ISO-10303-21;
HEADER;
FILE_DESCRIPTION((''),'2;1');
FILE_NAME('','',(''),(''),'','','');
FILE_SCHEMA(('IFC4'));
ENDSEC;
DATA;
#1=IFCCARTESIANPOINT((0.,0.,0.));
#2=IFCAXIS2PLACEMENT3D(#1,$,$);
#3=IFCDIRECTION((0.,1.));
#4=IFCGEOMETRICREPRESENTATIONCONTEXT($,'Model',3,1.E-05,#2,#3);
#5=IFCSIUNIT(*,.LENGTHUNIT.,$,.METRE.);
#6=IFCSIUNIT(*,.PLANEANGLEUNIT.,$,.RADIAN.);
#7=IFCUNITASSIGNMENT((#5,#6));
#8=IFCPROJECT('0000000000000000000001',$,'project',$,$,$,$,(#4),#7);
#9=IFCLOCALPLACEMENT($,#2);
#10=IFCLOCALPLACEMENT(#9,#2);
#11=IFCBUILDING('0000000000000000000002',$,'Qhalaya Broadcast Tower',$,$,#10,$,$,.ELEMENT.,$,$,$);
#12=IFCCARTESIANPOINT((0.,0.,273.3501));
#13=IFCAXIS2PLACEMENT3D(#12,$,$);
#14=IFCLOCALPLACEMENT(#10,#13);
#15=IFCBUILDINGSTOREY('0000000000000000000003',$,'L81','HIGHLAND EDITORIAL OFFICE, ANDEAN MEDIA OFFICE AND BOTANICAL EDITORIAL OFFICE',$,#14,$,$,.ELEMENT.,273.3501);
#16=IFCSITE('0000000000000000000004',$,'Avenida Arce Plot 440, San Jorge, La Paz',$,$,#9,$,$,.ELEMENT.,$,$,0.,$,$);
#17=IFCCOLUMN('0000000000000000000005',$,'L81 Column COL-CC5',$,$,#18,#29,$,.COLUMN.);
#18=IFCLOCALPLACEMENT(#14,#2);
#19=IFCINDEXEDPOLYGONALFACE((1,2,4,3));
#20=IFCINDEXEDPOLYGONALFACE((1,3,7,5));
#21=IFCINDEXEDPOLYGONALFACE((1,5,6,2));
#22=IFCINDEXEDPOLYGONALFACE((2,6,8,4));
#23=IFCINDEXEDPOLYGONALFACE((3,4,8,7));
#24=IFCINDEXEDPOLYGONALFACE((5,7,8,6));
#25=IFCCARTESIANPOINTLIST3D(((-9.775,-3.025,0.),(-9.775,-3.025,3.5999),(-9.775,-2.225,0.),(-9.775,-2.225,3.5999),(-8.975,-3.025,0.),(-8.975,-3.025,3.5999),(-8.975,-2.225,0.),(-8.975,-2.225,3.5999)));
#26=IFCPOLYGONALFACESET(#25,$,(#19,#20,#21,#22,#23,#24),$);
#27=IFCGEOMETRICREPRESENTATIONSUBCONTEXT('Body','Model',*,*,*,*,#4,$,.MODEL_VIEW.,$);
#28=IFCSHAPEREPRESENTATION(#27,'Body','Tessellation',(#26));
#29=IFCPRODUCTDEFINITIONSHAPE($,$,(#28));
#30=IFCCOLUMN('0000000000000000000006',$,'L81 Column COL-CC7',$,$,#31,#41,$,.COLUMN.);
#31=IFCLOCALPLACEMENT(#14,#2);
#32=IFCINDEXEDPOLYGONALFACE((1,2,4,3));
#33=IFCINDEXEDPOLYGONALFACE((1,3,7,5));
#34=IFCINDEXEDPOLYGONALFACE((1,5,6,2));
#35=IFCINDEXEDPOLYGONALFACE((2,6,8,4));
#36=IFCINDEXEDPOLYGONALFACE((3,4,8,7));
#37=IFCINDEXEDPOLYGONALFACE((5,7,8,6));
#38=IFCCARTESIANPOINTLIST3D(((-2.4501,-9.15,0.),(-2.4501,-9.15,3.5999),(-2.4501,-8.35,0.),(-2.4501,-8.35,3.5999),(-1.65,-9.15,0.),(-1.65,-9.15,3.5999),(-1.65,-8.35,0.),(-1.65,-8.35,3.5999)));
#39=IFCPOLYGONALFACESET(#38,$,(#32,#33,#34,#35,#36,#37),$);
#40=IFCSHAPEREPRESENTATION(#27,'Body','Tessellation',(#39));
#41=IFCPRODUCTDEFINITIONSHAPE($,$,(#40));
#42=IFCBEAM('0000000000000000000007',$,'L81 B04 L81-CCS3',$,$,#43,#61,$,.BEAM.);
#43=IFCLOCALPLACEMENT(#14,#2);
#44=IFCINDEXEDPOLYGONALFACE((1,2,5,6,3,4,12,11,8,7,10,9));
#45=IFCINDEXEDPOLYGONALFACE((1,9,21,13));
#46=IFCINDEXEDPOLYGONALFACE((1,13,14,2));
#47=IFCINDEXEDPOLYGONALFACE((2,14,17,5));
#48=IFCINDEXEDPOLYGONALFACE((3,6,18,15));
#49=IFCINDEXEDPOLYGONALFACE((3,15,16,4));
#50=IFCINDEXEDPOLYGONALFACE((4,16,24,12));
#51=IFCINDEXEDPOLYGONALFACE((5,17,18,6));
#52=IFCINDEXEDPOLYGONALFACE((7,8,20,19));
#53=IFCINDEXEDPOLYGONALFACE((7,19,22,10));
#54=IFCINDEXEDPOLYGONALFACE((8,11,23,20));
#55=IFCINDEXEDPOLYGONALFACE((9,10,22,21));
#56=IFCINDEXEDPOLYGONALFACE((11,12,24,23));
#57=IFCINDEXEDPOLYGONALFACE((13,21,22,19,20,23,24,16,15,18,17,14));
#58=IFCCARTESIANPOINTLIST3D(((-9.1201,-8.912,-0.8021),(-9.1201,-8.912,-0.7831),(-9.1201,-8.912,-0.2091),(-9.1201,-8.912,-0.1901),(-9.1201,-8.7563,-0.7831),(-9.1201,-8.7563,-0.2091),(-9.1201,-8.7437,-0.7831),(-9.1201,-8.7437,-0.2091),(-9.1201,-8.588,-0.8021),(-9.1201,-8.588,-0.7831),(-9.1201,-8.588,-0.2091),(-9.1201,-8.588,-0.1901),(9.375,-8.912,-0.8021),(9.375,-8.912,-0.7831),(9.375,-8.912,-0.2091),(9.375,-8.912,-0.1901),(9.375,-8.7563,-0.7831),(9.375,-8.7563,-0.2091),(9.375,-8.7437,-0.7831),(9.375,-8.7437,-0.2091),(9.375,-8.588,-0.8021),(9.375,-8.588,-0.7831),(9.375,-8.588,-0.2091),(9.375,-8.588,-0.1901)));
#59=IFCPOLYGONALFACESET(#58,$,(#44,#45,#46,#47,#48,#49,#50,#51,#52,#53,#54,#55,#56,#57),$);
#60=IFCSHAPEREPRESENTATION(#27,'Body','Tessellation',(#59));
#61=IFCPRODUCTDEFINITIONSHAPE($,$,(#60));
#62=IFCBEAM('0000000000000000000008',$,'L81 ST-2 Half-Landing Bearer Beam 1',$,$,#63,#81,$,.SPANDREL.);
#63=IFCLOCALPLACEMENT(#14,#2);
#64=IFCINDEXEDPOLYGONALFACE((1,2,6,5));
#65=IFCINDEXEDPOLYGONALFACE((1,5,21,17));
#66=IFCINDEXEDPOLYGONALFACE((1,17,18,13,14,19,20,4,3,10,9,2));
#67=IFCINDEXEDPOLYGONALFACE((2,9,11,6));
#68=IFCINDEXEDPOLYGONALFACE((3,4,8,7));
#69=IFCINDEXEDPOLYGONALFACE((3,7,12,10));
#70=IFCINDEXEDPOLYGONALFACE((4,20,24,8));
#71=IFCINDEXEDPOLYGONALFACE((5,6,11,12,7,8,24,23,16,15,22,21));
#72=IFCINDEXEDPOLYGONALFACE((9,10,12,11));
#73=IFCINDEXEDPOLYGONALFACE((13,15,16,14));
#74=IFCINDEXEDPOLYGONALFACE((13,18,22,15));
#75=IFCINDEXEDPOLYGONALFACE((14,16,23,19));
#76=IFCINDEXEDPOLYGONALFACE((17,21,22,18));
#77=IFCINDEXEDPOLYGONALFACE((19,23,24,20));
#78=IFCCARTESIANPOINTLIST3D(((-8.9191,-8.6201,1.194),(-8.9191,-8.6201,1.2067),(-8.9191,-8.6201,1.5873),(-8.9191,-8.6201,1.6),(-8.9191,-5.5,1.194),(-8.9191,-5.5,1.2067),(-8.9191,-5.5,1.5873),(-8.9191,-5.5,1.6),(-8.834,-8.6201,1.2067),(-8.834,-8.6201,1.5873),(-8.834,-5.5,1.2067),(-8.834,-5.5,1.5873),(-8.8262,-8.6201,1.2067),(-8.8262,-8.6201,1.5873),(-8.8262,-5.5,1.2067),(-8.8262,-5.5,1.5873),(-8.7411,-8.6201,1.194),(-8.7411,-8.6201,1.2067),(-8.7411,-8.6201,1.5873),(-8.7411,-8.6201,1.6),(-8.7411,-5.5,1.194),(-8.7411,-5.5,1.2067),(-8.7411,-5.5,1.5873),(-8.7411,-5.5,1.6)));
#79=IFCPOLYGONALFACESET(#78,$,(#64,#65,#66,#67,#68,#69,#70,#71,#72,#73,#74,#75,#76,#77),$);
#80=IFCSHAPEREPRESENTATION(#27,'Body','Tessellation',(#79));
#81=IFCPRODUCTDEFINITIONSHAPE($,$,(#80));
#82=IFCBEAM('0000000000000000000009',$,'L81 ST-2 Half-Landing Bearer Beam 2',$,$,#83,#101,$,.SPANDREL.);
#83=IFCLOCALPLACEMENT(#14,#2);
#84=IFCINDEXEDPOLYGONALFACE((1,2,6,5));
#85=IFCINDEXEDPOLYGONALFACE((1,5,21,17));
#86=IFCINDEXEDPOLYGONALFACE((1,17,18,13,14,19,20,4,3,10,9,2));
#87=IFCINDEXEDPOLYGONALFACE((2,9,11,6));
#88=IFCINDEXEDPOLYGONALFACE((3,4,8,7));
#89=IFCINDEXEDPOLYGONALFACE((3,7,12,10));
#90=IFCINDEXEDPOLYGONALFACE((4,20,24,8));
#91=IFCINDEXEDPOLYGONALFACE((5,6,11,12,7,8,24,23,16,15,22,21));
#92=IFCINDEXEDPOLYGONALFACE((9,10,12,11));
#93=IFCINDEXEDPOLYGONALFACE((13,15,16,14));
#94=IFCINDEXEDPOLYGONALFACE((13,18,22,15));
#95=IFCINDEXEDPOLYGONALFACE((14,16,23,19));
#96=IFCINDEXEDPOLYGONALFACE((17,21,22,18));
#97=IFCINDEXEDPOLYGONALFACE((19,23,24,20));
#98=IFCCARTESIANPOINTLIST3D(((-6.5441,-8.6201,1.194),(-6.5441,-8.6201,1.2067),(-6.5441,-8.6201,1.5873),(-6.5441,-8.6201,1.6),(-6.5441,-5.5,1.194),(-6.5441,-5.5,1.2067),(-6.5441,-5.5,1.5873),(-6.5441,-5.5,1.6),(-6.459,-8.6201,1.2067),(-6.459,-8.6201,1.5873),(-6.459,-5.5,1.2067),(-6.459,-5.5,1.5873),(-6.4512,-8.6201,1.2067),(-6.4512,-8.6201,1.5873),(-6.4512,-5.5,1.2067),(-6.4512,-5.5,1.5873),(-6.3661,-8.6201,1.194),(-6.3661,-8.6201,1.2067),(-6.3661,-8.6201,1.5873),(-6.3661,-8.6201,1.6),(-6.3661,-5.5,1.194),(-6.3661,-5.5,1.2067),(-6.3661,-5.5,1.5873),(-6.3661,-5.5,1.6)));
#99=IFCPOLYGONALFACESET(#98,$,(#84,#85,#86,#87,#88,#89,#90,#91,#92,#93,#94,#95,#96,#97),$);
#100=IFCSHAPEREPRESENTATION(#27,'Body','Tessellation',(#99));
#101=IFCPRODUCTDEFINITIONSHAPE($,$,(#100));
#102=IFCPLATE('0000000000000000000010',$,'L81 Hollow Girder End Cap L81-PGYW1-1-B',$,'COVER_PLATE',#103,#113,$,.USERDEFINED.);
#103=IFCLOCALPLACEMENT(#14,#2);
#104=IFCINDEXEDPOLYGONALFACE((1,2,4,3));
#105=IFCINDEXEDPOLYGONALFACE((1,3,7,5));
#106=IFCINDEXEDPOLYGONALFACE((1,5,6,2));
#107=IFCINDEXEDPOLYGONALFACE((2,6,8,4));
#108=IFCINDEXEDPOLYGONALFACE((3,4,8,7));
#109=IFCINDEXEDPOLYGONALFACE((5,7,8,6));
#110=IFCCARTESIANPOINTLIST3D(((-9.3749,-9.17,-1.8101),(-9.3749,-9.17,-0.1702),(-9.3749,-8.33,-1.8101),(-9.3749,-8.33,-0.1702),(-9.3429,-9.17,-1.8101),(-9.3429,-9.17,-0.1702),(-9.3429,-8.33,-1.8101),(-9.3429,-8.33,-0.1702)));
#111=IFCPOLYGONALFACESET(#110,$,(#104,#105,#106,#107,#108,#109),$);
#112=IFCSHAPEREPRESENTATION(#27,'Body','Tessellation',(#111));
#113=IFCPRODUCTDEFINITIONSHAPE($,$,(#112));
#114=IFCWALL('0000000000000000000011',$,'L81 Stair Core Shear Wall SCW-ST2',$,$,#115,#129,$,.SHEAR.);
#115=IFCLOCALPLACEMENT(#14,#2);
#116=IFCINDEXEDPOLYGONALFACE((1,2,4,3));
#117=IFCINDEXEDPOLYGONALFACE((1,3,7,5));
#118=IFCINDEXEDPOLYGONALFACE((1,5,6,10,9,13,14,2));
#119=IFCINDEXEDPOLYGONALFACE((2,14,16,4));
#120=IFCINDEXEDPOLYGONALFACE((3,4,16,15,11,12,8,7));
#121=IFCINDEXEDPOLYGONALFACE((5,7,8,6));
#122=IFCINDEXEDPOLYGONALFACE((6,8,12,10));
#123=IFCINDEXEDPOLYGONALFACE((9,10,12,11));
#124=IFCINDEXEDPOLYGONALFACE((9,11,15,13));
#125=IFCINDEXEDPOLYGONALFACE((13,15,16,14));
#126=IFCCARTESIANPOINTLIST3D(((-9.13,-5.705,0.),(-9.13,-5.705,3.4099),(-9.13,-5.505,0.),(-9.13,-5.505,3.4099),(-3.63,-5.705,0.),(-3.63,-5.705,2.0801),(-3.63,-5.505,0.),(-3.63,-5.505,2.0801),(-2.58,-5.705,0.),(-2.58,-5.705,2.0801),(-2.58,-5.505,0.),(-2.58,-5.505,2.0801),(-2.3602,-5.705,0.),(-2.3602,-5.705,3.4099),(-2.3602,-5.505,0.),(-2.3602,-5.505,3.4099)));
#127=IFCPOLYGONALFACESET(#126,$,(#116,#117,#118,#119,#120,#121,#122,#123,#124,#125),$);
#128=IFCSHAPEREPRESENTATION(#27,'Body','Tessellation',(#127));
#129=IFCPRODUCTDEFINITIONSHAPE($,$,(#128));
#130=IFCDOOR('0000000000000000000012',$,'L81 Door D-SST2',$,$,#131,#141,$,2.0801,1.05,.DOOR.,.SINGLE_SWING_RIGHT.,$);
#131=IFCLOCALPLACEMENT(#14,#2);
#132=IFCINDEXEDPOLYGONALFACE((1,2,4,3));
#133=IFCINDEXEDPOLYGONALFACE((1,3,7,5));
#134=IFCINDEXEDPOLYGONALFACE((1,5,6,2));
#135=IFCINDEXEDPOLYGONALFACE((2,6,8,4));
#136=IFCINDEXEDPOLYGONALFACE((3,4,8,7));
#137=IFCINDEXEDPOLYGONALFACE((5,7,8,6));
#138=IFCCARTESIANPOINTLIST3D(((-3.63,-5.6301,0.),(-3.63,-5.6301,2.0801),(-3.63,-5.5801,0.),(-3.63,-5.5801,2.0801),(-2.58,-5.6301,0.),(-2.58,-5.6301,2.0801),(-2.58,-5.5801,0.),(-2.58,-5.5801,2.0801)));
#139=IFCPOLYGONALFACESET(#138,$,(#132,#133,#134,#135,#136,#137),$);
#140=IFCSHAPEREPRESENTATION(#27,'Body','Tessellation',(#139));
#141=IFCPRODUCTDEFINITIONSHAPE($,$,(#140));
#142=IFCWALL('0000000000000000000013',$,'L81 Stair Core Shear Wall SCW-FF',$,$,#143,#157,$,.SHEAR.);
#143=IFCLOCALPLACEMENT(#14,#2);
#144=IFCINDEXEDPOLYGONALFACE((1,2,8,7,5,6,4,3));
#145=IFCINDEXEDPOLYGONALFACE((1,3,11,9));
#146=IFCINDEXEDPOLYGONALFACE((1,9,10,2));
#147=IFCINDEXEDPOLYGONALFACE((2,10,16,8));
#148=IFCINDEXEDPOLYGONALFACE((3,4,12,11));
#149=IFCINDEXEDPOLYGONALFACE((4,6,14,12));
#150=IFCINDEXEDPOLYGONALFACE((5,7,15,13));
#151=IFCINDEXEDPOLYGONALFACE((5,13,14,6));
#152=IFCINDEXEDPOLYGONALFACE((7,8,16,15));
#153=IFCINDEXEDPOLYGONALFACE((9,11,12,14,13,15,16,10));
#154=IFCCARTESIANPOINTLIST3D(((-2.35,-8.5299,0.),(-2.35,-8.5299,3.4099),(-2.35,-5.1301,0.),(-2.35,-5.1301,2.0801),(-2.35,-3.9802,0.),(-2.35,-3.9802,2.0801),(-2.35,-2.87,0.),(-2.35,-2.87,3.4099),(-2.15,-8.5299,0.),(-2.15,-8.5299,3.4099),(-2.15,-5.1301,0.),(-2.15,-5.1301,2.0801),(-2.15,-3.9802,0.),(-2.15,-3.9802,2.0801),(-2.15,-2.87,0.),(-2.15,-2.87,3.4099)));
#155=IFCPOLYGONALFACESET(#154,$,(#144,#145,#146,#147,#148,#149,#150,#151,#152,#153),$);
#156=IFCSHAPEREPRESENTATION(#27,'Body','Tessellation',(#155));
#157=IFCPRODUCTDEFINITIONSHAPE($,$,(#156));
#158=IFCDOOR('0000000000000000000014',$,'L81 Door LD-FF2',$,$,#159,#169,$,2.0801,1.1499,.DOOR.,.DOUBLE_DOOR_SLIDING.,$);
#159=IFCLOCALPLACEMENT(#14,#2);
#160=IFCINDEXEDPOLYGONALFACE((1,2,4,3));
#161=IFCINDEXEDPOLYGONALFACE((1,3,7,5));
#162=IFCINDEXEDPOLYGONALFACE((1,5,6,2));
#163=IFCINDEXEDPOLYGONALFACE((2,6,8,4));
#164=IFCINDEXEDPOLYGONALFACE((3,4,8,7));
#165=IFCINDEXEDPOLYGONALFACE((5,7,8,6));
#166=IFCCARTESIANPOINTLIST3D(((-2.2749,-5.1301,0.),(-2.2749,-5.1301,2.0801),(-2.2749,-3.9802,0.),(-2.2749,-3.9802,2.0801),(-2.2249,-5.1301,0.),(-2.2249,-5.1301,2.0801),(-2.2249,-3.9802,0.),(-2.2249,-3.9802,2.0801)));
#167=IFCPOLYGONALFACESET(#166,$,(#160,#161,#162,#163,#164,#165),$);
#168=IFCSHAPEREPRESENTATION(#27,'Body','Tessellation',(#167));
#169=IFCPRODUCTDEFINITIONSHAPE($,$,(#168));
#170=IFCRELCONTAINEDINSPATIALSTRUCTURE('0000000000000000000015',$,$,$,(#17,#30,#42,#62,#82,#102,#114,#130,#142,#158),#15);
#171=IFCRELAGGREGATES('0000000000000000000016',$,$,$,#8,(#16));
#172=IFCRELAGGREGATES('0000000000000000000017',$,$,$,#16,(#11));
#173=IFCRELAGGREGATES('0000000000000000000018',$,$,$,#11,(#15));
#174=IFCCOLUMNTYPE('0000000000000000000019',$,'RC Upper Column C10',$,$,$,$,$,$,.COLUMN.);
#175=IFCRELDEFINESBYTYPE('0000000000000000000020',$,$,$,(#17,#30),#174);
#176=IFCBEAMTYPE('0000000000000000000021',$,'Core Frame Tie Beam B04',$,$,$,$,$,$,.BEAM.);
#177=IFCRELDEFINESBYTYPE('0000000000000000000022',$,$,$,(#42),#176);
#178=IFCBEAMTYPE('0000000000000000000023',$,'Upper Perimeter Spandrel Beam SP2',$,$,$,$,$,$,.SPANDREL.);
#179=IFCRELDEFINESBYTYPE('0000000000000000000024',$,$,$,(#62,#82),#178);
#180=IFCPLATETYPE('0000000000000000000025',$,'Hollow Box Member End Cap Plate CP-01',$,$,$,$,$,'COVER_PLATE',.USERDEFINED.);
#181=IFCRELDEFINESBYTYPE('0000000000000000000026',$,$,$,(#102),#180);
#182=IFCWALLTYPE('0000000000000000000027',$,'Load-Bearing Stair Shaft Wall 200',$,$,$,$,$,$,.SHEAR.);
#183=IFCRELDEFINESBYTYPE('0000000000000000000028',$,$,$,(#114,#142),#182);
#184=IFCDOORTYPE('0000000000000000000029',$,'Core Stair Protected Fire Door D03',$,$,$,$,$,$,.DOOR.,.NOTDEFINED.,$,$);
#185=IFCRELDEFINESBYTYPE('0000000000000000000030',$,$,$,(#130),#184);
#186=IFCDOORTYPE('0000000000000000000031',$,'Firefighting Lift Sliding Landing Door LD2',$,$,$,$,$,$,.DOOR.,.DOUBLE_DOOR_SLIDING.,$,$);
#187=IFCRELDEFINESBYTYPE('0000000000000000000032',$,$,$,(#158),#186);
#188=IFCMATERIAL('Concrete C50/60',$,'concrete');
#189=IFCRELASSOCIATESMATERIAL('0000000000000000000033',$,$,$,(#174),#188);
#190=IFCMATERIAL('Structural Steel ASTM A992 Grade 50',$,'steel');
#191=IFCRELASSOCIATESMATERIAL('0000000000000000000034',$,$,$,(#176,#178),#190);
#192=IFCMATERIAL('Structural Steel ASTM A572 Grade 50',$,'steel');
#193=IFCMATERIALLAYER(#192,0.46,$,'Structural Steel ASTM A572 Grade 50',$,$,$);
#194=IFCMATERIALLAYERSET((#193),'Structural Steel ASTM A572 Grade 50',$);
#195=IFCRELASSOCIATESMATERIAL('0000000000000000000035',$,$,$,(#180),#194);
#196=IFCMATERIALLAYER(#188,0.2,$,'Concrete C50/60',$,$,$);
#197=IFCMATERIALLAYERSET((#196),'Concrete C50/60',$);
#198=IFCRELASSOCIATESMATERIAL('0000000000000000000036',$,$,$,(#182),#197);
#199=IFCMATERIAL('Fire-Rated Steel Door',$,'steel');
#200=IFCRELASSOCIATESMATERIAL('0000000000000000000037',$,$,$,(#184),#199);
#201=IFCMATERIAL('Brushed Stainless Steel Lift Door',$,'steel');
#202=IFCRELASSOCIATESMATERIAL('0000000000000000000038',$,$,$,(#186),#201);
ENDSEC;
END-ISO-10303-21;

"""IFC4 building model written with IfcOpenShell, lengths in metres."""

from ifc_helpers import new_model, si_unit, direction, frame, frame_2d, origin, origin_2d, place, context, subcontext, project, spatial, rectangle, i_section, extrude, material, layer, layer_set, material_profile, profile_set, type_object, element, fill, save


model = new_model("IFC4")

# Units and contexts
model_context = context("Model", 3, precision=1e-05, world=origin(), true_north=direction((0.0, 1.0)))
body_context = subcontext(model_context, "Body", "Model", "MODEL_VIEW")
ifc_project = project(units=[si_unit("LENGTHUNIT", "METRE"), si_unit("PLANEANGLEUNIT", "RADIAN")], contexts=[model_context])

# Site, building, storey
site_placement = place(None, origin())
site = spatial("IfcSite", under=ifc_project, at=site_placement, Name="Avenida Arce Plot 440, San Jorge, La Paz", CompositionType="ELEMENT", RefElevation=0.0)
building_placement = place(site_placement, origin())
building = spatial("IfcBuilding", under=site, at=building_placement, Name="Qhalaya Broadcast Tower", CompositionType="ELEMENT")
storey_placement = place(building_placement, frame((0.0, 0.0, 273.3501)))
storey = spatial("IfcBuildingStorey", under=building, at=storey_placement, Name="L81", Description="HIGHLAND EDITORIAL OFFICE, ANDEAN MEDIA OFFICE AND BOTANICAL EDITORIAL OFFICE", CompositionType="ELEMENT", Elevation=273.3501)

# Columns
ifc_material_1 = material(Name="Concrete C50/60", Category="concrete")
ifc_material_profile_1 = material_profile(ifc_material_1, rectangle(XDim=0.8, YDim=0.8, at=origin_2d()), Name="RC-COL 800x800")
ifc_profile_set_1 = profile_set([ifc_material_profile_1], Name="Concrete C50/60")
column_type = type_object("IfcColumnType", Name="RC Upper Column C10", PredefinedType="COLUMN", material=ifc_profile_set_1)
for number, where, z_axis, x_axis, name in (
    (1, (-9.375, -2.625, 0.0), (0.0, 0.0, 1.0), (1.0, 0.0, 0.0), "L81 Column COL-CC5"),
    (2, (-2.05, -8.75, 0.0), (0.0, 0.0, 1.0), (1.0, 0.0, 0.0), "L81 Column COL-CC7"),
):
    element("IfcColumn", number, at=place(storey_placement, frame(where, z_axis=z_axis, x_axis=x_axis)), inside=storey, type_object=column_type, Name=name, PredefinedType="COLUMN", context=body_context, shape_type="SweptSolid", body=[
        extrude(rectangle(XDim=0.8, YDim=0.8, at=origin_2d()), origin(), (0.0, 0.0, 1.0), 3.5999),
    ])

# Beams
ifc_material_2 = material(Name="Structural Steel ASTM A992 Grade 50", Category="steel")
ifc_material_profile_2 = material_profile(ifc_material_2, i_section(OverallWidth=0.324, OverallDepth=0.6121, WebThickness=0.0127, FlangeThickness=0.019, at=origin_2d()), Name="W24X104")
ifc_profile_set_2 = profile_set([ifc_material_profile_2], Name="Structural Steel ASTM A992 Grade 50")
beam_type_1 = type_object("IfcBeamType", Name="Core Frame Tie Beam B04", PredefinedType="BEAM", material=ifc_profile_set_2)
beam_placement = place(storey_placement, frame((-9.1201, -8.75, -0.4961), z_axis=(1.0, 0.0, 0.0), x_axis=(0.0, 1.0, 0.0)))
element("IfcBeam", 3, at=beam_placement, inside=storey, type_object=beam_type_1, Name="L81 B04 L81-CCS3", PredefinedType="BEAM", context=body_context, shape_type="SweptSolid", body=[
    extrude(i_section(OverallWidth=0.324, OverallDepth=0.6121, WebThickness=0.0127, FlangeThickness=0.019, at=origin_2d()), origin(), (0.0, 0.0, 1.0), 18.4951),
])
ifc_material_profile_3 = material_profile(ifc_material_2, i_section(OverallWidth=0.178, OverallDepth=0.406, WebThickness=0.0078, FlangeThickness=0.0127, at=origin_2d()), Name="W16X40")
ifc_profile_set_3 = profile_set([ifc_material_profile_3], Name="Structural Steel ASTM A992 Grade 50")
beam_type_2 = type_object("IfcBeamType", Name="Upper Perimeter Spandrel Beam SP2", PredefinedType="SPANDREL", material=ifc_profile_set_3)
for number, where, z_axis, x_axis, name in (
    (4, (-8.8301, -8.6201, 1.397), (0.0, 1.0, 0.0), (-1.0, 0.0, 0.0), "L81 ST-2 Half-Landing Bearer Beam 1"),
    (5, (-6.4551, -8.6201, 1.397), (0.0, 1.0, 0.0), (-1.0, 0.0, 0.0), "L81 ST-2 Half-Landing Bearer Beam 2"),
):
    element("IfcBeam", number, at=place(storey_placement, frame(where, z_axis=z_axis, x_axis=x_axis)), inside=storey, type_object=beam_type_2, Name=name, PredefinedType="SPANDREL", context=body_context, shape_type="SweptSolid", body=[
        extrude(i_section(OverallWidth=0.178, OverallDepth=0.406, WebThickness=0.0078, FlangeThickness=0.0127, at=origin_2d()), origin(), (0.0, 0.0, 1.0), 3.1201),
    ])

# Plate
ifc_material_3 = material(Name="Structural Steel ASTM A572 Grade 50", Category="steel")
ifc_layer_1 = layer(ifc_material_3, 0.46, Name="Structural Steel ASTM A572 Grade 50")
ifc_layer_set_1 = layer_set([ifc_layer_1], Name="Structural Steel ASTM A572 Grade 50")
plate_type = type_object("IfcPlateType", Name="Hollow Box Member End Cap Plate CP-01", ElementType="COVER_PLATE", PredefinedType="USERDEFINED", material=ifc_layer_set_1)
plate_placement = place(storey_placement, frame((-9.3589, -8.75, -1.8101), z_axis=(0.0, 0.0, 1.0), x_axis=(0.0, 1.0, 0.0)))
element("IfcPlate", 6, at=plate_placement, inside=storey, type_object=plate_type, Name="L81 Hollow Girder End Cap L81-PGYW1-1-B", ObjectType="COVER_PLATE", PredefinedType="USERDEFINED", context=body_context, shape_type="SweptSolid", body=[
    extrude(rectangle(XDim=0.8401, YDim=0.032, at=origin_2d()), origin(), (0.0, 0.0, 1.0), 1.6399),
])

# Walls, openings, doors
ifc_layer_2 = layer(ifc_material_1, 0.2, Name="Concrete C50/60")
ifc_layer_set_2 = layer_set([ifc_layer_2], Name="Concrete C50/60")
wall_type_1 = type_object("IfcWallType", Name="Load-Bearing Stair Shaft Wall 200", PredefinedType="SHEAR", material=ifc_layer_set_2)
wall_1_placement = place(storey_placement, frame((-9.1299, -5.605, 0.0), z_axis=(0.0, 0.0, 1.0), x_axis=(1.0, 0.0, 0.0)))
wall_1 = element("IfcWall", 7, at=wall_1_placement, inside=storey, type_object=wall_type_1, Name="L81 Stair Core Shear Wall SCW-ST2", PredefinedType="SHEAR", context=body_context, shape_type="SweptSolid", body=[
    extrude(rectangle(XDim=6.7698, YDim=0.2, at=frame_2d((3.3848, 0.0))), origin(), (0.0, 0.0, 1.0), 3.4099),
])
opening_1_placement = place(wall_1_placement, frame((5.5, 0.0, 0.0)))
opening_1 = element("IfcOpeningElement", 8, at=opening_1_placement, cuts=wall_1, PredefinedType="OPENING", context=body_context, shape_type="SweptSolid", body=[
    extrude(rectangle(XDim=1.05, YDim=2.0801, at=frame_2d((0.5249, 1.04))), frame((0.0, 0.1121, 0.0), z_axis=(0.0, -1.0, 0.0), x_axis=(1.0, 0.0, 0.0)), (0.0, 0.0, 1.0), 0.2239),
])
ifc_material_4 = material(Name="Fire-Rated Steel Door", Category="steel")
door_type_1 = type_object("IfcDoorType", Name="Core Stair Protected Fire Door D03", OperationType="NOTDEFINED", PredefinedType="DOOR", material=ifc_material_4)
door_1_placement = place(opening_1_placement, origin())
door_1 = element("IfcDoor", 9, at=door_1_placement, inside=storey, type_object=door_type_1, Name="L81 Door D-SST2", OperationType="SINGLE_SWING_RIGHT", OverallHeight=2.0801, OverallWidth=1.05, PredefinedType="DOOR", context=body_context, shape_type="SweptSolid", body=[
    extrude(rectangle(XDim=1.05, YDim=2.0801, at=frame_2d((0.5249, 1.04))), frame((0.0, 0.0249, 0.0), z_axis=(0.0, -1.0, 0.0), x_axis=(1.0, 0.0, 0.0)), (0.0, 0.0, 1.0), 0.05),
])
fill(opening_1, door_1)
wall_2_placement = place(storey_placement, frame((-2.25, -8.53, 0.0), z_axis=(0.0, 0.0, 1.0), x_axis=(0.0, 1.0, 0.0)))
wall_2 = element("IfcWall", 10, at=wall_2_placement, inside=storey, type_object=wall_type_1, Name="L81 Stair Core Shear Wall SCW-FF", PredefinedType="SHEAR", context=body_context, shape_type="SweptSolid", body=[
    extrude(rectangle(XDim=5.6599, YDim=0.2, at=frame_2d((2.8301, 0.0))), origin(), (0.0, 0.0, 1.0), 3.4099),
])
opening_2_placement = place(wall_2_placement, frame((3.3999, 0.0, 0.0)))
opening_2 = element("IfcOpeningElement", 11, at=opening_2_placement, cuts=wall_2, PredefinedType="OPENING", context=body_context, shape_type="SweptSolid", body=[
    extrude(rectangle(XDim=1.1499, YDim=2.0801, at=frame_2d((0.575, 1.04))), frame((0.0, 0.1121, 0.0), z_axis=(0.0, -1.0, 0.0), x_axis=(1.0, 0.0, 0.0)), (0.0, 0.0, 1.0), 0.2239),
])
ifc_material_5 = material(Name="Brushed Stainless Steel Lift Door", Category="steel")
door_type_2 = type_object("IfcDoorType", Name="Firefighting Lift Sliding Landing Door LD2", OperationType="DOUBLE_DOOR_SLIDING", PredefinedType="DOOR", material=ifc_material_5)
door_2_placement = place(opening_2_placement, origin())
door_2 = element("IfcDoor", 12, at=door_2_placement, inside=storey, type_object=door_type_2, Name="L81 Door LD-FF2", OperationType="DOUBLE_DOOR_SLIDING", OverallHeight=2.0801, OverallWidth=1.1499, PredefinedType="DOOR", context=body_context, shape_type="SweptSolid", body=[
    extrude(rectangle(XDim=1.1499, YDim=2.0801, at=frame_2d((0.575, 1.04))), frame((0.0, 0.0249, 0.0), z_axis=(0.0, -1.0, 0.0), x_axis=(1.0, 0.0, 0.0)), (0.0, 0.0, 1.0), 0.05),
])
fill(opening_2, door_2)

save(model, "model.ifc")
